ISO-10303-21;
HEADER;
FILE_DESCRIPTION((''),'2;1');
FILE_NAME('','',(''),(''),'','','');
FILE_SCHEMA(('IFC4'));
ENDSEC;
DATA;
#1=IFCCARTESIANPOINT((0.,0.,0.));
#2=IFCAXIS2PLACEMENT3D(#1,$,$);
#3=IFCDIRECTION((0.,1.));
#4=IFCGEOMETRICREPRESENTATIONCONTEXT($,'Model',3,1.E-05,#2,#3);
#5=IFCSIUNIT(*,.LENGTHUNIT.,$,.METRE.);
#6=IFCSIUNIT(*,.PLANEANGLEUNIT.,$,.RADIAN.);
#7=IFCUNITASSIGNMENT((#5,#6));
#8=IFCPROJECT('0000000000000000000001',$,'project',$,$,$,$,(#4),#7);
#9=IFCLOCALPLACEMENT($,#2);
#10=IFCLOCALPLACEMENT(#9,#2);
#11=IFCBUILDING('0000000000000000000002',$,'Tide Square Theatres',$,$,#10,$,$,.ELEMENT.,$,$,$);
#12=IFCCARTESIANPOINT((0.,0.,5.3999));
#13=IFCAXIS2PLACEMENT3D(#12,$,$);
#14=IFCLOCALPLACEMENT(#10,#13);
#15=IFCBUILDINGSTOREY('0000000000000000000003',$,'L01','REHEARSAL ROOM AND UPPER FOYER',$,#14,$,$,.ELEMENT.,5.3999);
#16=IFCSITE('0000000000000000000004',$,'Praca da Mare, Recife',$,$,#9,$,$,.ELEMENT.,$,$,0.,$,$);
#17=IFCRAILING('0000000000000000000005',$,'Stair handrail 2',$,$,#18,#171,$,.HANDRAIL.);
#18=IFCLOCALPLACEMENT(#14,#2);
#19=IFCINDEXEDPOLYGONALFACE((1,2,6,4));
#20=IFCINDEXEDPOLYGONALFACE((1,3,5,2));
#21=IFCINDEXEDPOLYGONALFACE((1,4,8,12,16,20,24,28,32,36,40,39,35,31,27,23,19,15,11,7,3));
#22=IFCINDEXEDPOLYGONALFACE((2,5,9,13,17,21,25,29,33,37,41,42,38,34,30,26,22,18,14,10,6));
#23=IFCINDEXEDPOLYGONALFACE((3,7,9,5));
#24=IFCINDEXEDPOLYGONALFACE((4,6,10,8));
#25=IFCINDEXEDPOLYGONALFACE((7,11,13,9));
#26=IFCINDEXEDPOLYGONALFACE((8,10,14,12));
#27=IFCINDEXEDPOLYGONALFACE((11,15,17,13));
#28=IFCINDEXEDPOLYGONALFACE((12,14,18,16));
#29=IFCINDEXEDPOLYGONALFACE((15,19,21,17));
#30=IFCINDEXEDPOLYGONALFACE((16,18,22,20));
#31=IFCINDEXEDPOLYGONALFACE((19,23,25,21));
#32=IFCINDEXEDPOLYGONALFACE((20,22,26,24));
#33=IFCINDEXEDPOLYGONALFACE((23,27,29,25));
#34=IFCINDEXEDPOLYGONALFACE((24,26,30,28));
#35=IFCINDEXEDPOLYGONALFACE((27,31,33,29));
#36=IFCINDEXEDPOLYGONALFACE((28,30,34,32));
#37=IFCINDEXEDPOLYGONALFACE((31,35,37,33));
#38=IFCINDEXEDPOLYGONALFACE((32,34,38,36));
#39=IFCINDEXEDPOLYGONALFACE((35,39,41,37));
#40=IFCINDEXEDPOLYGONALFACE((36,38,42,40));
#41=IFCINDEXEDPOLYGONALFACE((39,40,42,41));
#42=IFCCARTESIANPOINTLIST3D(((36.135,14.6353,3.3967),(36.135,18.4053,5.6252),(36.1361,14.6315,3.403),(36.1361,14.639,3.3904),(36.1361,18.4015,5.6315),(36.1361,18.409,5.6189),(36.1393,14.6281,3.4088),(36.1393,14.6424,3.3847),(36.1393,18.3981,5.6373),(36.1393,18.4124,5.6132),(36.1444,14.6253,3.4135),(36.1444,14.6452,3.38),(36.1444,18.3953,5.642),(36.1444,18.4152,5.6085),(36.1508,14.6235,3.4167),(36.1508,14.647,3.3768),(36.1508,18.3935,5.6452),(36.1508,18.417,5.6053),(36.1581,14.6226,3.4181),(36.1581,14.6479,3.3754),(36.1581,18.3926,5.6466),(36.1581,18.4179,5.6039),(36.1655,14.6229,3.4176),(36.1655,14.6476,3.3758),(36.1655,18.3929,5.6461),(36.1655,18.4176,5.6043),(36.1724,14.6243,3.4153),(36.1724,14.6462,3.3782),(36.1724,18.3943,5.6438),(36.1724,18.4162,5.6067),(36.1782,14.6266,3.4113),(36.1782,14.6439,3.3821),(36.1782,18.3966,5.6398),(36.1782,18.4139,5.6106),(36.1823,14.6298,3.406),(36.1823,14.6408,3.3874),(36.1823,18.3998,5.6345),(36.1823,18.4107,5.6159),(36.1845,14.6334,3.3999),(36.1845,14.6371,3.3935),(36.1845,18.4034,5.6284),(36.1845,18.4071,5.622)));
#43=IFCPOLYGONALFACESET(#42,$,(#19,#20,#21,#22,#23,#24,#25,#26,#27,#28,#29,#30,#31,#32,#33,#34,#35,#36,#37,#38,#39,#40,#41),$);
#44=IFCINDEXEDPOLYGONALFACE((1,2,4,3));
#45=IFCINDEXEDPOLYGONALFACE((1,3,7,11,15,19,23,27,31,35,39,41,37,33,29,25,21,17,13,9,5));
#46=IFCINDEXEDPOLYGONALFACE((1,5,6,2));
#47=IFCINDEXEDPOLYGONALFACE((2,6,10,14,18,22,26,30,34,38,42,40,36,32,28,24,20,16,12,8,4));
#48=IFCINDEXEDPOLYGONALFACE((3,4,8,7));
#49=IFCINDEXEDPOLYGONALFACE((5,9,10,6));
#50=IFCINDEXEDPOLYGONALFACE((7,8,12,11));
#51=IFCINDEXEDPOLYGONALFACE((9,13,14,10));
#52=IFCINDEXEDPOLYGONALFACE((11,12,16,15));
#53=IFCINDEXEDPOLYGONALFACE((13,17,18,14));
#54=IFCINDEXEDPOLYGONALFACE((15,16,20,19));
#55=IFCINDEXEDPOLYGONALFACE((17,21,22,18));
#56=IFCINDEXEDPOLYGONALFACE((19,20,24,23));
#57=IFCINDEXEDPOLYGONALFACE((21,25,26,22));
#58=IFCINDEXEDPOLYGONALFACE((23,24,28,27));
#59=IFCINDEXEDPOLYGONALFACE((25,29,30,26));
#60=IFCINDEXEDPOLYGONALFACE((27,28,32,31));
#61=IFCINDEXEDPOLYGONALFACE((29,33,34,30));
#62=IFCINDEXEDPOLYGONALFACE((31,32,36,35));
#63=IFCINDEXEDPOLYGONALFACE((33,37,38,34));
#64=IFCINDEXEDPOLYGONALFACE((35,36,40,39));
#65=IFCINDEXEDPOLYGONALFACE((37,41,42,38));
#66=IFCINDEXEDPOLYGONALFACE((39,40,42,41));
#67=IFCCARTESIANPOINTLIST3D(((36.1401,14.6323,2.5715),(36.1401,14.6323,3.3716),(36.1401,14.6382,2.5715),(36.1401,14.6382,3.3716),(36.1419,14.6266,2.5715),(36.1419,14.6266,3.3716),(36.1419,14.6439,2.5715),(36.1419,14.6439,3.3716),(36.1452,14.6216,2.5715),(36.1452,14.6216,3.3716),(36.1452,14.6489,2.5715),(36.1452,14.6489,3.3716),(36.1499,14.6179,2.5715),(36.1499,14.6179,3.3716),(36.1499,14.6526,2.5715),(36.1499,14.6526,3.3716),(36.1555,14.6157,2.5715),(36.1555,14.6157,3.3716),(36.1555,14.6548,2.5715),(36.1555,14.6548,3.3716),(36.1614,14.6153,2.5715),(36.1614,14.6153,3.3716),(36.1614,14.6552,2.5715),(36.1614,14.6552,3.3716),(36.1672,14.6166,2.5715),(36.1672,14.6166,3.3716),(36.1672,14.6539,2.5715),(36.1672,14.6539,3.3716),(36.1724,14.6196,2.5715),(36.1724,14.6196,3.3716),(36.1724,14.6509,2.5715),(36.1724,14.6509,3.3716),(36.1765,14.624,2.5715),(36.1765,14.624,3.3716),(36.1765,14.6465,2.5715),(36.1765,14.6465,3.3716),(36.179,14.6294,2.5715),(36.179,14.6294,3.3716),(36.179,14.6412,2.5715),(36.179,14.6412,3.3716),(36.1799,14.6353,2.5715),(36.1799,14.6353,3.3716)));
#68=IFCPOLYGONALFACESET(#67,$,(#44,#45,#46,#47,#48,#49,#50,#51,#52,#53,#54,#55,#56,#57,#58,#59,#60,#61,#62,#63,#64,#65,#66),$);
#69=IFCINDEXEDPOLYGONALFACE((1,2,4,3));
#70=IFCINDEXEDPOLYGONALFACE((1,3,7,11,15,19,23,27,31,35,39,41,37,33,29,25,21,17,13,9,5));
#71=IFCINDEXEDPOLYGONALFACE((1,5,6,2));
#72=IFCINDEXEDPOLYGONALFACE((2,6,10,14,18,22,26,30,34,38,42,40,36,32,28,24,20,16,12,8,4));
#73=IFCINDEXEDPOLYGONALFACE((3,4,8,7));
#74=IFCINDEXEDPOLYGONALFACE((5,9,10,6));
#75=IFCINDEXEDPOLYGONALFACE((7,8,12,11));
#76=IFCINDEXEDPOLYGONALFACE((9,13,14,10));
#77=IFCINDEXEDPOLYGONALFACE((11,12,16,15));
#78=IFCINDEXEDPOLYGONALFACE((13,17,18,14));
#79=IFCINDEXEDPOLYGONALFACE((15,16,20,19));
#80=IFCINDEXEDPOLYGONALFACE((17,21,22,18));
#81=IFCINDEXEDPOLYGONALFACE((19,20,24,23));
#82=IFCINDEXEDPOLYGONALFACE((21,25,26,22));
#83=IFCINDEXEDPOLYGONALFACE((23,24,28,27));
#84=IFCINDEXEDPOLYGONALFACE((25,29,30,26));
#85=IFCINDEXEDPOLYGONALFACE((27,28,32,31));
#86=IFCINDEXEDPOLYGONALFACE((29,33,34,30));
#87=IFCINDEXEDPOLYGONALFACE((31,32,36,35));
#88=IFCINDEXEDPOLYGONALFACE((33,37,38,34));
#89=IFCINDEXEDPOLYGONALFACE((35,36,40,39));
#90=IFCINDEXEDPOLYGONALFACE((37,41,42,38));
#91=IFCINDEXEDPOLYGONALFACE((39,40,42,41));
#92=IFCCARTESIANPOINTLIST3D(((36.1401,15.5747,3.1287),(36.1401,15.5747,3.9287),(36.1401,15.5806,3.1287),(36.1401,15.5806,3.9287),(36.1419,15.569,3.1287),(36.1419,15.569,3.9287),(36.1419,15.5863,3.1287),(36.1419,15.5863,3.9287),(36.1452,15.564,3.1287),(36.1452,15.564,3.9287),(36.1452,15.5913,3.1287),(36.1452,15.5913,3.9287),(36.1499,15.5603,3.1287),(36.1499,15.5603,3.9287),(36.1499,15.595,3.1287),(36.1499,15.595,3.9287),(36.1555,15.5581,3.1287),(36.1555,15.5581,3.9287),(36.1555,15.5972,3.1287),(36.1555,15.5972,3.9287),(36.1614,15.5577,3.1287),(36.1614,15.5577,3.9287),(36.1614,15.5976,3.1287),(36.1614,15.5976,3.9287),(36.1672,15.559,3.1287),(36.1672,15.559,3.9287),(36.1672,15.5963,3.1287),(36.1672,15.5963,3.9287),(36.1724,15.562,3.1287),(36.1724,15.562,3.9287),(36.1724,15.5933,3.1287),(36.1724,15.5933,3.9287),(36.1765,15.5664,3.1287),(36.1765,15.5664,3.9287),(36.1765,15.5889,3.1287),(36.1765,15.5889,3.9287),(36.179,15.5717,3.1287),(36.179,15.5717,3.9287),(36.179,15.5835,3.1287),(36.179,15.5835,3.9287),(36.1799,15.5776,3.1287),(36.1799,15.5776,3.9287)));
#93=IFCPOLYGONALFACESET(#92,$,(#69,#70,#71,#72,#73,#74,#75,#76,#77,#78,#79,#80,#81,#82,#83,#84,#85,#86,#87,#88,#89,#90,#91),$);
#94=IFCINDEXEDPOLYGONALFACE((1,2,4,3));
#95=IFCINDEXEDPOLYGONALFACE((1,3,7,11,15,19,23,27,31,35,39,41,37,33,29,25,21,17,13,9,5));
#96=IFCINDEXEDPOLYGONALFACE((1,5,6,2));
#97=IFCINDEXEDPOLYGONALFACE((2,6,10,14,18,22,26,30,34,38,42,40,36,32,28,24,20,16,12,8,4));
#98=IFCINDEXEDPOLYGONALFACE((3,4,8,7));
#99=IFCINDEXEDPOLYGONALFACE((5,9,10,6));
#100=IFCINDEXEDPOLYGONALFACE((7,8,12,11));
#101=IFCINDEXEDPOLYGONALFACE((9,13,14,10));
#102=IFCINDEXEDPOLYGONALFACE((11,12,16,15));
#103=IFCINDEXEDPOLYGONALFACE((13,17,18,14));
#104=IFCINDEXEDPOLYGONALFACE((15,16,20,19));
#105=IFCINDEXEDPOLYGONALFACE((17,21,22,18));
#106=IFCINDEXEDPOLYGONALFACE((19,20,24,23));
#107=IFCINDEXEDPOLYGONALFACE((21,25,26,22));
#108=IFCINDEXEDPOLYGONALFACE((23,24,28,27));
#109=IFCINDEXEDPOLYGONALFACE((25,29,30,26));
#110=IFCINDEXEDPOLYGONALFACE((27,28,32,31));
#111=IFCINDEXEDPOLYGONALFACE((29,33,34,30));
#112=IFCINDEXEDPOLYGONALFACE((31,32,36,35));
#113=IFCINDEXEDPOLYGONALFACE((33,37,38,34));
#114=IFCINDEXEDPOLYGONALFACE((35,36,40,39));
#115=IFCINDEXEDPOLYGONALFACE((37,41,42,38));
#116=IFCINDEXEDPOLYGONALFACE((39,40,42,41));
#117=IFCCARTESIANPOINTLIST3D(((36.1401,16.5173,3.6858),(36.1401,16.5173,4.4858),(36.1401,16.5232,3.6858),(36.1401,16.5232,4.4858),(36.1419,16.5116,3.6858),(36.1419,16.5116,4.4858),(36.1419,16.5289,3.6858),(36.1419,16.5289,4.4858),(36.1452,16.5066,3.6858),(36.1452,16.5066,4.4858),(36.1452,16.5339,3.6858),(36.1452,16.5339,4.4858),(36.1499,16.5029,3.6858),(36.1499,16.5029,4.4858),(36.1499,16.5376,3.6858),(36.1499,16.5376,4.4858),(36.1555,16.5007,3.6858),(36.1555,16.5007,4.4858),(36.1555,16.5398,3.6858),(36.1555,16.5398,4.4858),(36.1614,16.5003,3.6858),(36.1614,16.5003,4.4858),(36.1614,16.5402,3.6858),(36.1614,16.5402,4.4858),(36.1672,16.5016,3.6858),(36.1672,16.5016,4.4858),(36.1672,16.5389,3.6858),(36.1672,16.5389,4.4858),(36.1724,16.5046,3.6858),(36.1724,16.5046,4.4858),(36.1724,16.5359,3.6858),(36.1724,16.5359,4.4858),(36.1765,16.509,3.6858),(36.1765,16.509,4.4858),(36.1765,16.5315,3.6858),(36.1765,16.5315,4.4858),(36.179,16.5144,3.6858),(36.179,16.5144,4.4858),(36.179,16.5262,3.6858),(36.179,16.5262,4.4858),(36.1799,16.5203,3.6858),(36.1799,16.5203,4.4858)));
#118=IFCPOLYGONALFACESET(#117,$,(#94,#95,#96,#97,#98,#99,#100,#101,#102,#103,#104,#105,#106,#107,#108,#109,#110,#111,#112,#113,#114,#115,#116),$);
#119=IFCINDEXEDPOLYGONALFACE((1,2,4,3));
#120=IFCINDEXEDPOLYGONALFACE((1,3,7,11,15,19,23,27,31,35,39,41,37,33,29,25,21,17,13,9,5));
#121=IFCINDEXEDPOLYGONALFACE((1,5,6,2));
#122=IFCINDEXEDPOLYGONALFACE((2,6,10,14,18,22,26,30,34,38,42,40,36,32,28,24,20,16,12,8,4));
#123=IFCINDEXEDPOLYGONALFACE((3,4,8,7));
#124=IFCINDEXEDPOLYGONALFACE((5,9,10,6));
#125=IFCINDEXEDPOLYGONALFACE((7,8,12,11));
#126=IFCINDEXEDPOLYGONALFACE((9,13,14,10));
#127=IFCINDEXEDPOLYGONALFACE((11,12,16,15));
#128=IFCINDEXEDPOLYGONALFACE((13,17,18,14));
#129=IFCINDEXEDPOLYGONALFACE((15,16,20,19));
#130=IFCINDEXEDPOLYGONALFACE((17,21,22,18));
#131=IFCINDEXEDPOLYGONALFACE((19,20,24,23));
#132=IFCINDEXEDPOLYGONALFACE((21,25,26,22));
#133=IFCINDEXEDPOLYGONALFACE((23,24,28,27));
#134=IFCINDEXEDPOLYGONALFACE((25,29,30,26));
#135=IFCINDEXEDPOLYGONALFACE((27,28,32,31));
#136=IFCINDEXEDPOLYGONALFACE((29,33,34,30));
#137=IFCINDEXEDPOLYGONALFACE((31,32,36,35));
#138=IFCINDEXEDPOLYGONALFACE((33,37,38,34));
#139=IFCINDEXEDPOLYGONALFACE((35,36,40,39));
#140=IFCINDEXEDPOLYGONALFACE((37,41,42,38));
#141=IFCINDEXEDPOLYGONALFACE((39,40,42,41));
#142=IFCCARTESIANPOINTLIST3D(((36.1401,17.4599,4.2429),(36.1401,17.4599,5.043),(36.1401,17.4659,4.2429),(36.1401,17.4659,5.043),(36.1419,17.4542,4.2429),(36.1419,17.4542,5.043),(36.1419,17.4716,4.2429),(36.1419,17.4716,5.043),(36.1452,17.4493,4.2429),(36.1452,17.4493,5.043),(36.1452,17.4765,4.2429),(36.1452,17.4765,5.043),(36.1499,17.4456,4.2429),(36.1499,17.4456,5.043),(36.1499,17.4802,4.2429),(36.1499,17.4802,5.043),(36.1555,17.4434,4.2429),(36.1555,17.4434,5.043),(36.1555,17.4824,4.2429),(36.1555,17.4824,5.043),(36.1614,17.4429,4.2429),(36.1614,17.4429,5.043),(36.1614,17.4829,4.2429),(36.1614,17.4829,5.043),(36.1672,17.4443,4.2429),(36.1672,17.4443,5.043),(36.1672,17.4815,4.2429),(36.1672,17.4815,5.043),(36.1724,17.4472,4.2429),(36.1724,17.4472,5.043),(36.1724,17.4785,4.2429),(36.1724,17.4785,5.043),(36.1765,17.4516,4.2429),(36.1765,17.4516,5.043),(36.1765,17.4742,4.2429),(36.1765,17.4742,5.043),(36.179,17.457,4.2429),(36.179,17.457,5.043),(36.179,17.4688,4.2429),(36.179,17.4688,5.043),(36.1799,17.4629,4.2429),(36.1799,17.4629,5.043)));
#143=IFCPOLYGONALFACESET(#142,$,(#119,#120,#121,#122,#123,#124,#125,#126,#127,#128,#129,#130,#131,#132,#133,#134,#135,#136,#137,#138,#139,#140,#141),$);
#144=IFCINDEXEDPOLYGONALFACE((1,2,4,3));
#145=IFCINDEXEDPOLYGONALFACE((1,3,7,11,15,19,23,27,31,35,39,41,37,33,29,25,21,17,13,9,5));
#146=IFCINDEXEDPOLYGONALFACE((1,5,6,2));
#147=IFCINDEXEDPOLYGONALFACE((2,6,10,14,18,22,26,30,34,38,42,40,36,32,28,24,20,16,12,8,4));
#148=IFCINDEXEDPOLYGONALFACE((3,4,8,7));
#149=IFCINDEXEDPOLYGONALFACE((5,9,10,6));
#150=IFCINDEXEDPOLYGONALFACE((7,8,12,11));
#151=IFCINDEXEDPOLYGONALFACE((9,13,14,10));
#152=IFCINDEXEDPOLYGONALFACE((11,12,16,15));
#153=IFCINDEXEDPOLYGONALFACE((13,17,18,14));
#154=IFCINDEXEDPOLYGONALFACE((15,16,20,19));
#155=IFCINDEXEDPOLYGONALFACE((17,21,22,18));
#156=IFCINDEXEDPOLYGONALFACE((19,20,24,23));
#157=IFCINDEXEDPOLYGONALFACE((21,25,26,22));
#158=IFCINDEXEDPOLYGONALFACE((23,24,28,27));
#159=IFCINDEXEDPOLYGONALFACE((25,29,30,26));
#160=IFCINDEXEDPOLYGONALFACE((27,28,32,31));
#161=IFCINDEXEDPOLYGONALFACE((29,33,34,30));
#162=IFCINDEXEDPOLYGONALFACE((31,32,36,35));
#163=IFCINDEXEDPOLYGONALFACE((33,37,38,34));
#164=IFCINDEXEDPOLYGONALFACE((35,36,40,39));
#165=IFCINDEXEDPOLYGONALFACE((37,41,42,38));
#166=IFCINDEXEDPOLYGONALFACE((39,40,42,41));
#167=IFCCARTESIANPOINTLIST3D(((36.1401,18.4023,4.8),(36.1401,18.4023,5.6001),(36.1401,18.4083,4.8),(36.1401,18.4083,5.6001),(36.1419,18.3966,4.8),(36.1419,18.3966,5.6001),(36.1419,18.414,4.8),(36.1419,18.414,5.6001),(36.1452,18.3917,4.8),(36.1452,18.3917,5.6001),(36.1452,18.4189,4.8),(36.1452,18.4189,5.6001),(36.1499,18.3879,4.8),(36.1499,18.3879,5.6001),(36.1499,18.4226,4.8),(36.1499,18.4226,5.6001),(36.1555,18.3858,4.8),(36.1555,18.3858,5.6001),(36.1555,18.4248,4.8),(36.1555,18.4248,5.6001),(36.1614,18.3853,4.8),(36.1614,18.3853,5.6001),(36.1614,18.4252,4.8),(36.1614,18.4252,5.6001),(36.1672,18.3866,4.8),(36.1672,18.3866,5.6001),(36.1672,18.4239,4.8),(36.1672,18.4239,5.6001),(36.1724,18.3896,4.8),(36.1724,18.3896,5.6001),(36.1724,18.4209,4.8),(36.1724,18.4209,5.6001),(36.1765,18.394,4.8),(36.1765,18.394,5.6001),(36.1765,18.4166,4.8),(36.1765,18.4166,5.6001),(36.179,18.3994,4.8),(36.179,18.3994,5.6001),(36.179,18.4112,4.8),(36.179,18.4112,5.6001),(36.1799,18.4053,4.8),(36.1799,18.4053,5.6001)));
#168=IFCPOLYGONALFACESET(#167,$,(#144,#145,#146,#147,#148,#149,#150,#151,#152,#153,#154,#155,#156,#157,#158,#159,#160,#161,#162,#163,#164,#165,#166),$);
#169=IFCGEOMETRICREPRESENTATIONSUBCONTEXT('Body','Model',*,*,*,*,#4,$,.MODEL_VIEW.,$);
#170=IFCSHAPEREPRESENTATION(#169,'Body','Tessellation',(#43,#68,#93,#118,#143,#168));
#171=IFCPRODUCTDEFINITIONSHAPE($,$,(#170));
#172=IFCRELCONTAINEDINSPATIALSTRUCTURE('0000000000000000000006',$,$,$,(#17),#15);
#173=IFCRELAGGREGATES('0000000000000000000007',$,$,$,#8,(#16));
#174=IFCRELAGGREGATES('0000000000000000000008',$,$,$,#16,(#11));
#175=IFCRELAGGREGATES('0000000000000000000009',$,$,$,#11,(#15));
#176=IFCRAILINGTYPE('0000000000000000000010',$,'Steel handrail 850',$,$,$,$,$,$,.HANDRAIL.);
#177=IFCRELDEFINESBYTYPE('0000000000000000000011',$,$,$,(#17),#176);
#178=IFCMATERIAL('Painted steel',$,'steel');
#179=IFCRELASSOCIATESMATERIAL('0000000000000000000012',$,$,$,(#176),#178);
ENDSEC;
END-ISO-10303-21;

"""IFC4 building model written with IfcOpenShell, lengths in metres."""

from ifc_helpers import new_model, si_unit, direction, frame, origin, origin_2d, place, context, subcontext, project, spatial, circle, extrude, material, type_object, element, save


model = new_model("IFC4")

# Units and contexts
model_context = context("Model", 3, precision=1e-05, world=origin(), true_north=direction((0.0, 1.0)))
body_context = subcontext(model_context, "Body", "Model", "MODEL_VIEW")
ifc_project = project(units=[si_unit("LENGTHUNIT", "METRE"), si_unit("PLANEANGLEUNIT", "RADIAN")], contexts=[model_context])

# Site, building, storey
site_placement = place(None, origin())
site = spatial("IfcSite", under=ifc_project, at=site_placement, Name="Praca da Mare, Recife", CompositionType="ELEMENT", RefElevation=0.0)
building_placement = place(site_placement, origin())
building = spatial("IfcBuilding", under=site, at=building_placement, Name="Tide Square Theatres", CompositionType="ELEMENT")
storey_placement = place(building_placement, frame((0.0, 0.0, 5.3999)))
storey = spatial("IfcBuildingStorey", under=building, at=storey_placement, Name="L01", Description="REHEARSAL ROOM AND UPPER FOYER", CompositionType="ELEMENT", Elevation=5.3999)

# Railing
ifc_material_1 = material(Name="Painted steel", Category="steel")
railing_type_1 = type_object("IfcRailingType", Name="Steel handrail 850", PredefinedType="HANDRAIL", material=ifc_material_1)
for number, where, name in (
    (1, (36.1599, 14.6353, 2.5715), "Stair handrail 2"),
):
    element("IfcRailing", number, at=place(storey_placement, frame(where)), inside=storey, type_object=railing_type_1, Name=name, PredefinedType="HANDRAIL", context=body_context, shape_type="SweptSolid", body=[
        extrude(circle(Radius=0.0249, at=origin_2d()), frame((0.0, 0.0, 0.8252), z_axis=(0.0, 0.860849, 0.508861), x_axis=(-1.0, 0.0, 0.0)), (0.0, 0.0, 1.0), 4.3794),
        extrude(circle(Radius=0.02, at=origin_2d()), origin(), (0.0, 0.0, 1.0), 0.8),
        extrude(circle(Radius=0.02, at=origin_2d()), frame((0.0, 0.9424, 0.5571)), (0.0, 0.0, 1.0), 0.8),
        extrude(circle(Radius=0.02, at=origin_2d()), frame((0.0, 1.885, 1.1143)), (0.0, 0.0, 1.0), 0.8),
        extrude(circle(Radius=0.02, at=origin_2d()), frame((0.0, 2.8276, 1.6714)), (0.0, 0.0, 1.0), 0.8),
        extrude(circle(Radius=0.02, at=origin_2d()), frame((0.0, 3.77, 2.2285)), (0.0, 0.0, 1.0), 0.8),
    ])

save(model, "model.ifc")
